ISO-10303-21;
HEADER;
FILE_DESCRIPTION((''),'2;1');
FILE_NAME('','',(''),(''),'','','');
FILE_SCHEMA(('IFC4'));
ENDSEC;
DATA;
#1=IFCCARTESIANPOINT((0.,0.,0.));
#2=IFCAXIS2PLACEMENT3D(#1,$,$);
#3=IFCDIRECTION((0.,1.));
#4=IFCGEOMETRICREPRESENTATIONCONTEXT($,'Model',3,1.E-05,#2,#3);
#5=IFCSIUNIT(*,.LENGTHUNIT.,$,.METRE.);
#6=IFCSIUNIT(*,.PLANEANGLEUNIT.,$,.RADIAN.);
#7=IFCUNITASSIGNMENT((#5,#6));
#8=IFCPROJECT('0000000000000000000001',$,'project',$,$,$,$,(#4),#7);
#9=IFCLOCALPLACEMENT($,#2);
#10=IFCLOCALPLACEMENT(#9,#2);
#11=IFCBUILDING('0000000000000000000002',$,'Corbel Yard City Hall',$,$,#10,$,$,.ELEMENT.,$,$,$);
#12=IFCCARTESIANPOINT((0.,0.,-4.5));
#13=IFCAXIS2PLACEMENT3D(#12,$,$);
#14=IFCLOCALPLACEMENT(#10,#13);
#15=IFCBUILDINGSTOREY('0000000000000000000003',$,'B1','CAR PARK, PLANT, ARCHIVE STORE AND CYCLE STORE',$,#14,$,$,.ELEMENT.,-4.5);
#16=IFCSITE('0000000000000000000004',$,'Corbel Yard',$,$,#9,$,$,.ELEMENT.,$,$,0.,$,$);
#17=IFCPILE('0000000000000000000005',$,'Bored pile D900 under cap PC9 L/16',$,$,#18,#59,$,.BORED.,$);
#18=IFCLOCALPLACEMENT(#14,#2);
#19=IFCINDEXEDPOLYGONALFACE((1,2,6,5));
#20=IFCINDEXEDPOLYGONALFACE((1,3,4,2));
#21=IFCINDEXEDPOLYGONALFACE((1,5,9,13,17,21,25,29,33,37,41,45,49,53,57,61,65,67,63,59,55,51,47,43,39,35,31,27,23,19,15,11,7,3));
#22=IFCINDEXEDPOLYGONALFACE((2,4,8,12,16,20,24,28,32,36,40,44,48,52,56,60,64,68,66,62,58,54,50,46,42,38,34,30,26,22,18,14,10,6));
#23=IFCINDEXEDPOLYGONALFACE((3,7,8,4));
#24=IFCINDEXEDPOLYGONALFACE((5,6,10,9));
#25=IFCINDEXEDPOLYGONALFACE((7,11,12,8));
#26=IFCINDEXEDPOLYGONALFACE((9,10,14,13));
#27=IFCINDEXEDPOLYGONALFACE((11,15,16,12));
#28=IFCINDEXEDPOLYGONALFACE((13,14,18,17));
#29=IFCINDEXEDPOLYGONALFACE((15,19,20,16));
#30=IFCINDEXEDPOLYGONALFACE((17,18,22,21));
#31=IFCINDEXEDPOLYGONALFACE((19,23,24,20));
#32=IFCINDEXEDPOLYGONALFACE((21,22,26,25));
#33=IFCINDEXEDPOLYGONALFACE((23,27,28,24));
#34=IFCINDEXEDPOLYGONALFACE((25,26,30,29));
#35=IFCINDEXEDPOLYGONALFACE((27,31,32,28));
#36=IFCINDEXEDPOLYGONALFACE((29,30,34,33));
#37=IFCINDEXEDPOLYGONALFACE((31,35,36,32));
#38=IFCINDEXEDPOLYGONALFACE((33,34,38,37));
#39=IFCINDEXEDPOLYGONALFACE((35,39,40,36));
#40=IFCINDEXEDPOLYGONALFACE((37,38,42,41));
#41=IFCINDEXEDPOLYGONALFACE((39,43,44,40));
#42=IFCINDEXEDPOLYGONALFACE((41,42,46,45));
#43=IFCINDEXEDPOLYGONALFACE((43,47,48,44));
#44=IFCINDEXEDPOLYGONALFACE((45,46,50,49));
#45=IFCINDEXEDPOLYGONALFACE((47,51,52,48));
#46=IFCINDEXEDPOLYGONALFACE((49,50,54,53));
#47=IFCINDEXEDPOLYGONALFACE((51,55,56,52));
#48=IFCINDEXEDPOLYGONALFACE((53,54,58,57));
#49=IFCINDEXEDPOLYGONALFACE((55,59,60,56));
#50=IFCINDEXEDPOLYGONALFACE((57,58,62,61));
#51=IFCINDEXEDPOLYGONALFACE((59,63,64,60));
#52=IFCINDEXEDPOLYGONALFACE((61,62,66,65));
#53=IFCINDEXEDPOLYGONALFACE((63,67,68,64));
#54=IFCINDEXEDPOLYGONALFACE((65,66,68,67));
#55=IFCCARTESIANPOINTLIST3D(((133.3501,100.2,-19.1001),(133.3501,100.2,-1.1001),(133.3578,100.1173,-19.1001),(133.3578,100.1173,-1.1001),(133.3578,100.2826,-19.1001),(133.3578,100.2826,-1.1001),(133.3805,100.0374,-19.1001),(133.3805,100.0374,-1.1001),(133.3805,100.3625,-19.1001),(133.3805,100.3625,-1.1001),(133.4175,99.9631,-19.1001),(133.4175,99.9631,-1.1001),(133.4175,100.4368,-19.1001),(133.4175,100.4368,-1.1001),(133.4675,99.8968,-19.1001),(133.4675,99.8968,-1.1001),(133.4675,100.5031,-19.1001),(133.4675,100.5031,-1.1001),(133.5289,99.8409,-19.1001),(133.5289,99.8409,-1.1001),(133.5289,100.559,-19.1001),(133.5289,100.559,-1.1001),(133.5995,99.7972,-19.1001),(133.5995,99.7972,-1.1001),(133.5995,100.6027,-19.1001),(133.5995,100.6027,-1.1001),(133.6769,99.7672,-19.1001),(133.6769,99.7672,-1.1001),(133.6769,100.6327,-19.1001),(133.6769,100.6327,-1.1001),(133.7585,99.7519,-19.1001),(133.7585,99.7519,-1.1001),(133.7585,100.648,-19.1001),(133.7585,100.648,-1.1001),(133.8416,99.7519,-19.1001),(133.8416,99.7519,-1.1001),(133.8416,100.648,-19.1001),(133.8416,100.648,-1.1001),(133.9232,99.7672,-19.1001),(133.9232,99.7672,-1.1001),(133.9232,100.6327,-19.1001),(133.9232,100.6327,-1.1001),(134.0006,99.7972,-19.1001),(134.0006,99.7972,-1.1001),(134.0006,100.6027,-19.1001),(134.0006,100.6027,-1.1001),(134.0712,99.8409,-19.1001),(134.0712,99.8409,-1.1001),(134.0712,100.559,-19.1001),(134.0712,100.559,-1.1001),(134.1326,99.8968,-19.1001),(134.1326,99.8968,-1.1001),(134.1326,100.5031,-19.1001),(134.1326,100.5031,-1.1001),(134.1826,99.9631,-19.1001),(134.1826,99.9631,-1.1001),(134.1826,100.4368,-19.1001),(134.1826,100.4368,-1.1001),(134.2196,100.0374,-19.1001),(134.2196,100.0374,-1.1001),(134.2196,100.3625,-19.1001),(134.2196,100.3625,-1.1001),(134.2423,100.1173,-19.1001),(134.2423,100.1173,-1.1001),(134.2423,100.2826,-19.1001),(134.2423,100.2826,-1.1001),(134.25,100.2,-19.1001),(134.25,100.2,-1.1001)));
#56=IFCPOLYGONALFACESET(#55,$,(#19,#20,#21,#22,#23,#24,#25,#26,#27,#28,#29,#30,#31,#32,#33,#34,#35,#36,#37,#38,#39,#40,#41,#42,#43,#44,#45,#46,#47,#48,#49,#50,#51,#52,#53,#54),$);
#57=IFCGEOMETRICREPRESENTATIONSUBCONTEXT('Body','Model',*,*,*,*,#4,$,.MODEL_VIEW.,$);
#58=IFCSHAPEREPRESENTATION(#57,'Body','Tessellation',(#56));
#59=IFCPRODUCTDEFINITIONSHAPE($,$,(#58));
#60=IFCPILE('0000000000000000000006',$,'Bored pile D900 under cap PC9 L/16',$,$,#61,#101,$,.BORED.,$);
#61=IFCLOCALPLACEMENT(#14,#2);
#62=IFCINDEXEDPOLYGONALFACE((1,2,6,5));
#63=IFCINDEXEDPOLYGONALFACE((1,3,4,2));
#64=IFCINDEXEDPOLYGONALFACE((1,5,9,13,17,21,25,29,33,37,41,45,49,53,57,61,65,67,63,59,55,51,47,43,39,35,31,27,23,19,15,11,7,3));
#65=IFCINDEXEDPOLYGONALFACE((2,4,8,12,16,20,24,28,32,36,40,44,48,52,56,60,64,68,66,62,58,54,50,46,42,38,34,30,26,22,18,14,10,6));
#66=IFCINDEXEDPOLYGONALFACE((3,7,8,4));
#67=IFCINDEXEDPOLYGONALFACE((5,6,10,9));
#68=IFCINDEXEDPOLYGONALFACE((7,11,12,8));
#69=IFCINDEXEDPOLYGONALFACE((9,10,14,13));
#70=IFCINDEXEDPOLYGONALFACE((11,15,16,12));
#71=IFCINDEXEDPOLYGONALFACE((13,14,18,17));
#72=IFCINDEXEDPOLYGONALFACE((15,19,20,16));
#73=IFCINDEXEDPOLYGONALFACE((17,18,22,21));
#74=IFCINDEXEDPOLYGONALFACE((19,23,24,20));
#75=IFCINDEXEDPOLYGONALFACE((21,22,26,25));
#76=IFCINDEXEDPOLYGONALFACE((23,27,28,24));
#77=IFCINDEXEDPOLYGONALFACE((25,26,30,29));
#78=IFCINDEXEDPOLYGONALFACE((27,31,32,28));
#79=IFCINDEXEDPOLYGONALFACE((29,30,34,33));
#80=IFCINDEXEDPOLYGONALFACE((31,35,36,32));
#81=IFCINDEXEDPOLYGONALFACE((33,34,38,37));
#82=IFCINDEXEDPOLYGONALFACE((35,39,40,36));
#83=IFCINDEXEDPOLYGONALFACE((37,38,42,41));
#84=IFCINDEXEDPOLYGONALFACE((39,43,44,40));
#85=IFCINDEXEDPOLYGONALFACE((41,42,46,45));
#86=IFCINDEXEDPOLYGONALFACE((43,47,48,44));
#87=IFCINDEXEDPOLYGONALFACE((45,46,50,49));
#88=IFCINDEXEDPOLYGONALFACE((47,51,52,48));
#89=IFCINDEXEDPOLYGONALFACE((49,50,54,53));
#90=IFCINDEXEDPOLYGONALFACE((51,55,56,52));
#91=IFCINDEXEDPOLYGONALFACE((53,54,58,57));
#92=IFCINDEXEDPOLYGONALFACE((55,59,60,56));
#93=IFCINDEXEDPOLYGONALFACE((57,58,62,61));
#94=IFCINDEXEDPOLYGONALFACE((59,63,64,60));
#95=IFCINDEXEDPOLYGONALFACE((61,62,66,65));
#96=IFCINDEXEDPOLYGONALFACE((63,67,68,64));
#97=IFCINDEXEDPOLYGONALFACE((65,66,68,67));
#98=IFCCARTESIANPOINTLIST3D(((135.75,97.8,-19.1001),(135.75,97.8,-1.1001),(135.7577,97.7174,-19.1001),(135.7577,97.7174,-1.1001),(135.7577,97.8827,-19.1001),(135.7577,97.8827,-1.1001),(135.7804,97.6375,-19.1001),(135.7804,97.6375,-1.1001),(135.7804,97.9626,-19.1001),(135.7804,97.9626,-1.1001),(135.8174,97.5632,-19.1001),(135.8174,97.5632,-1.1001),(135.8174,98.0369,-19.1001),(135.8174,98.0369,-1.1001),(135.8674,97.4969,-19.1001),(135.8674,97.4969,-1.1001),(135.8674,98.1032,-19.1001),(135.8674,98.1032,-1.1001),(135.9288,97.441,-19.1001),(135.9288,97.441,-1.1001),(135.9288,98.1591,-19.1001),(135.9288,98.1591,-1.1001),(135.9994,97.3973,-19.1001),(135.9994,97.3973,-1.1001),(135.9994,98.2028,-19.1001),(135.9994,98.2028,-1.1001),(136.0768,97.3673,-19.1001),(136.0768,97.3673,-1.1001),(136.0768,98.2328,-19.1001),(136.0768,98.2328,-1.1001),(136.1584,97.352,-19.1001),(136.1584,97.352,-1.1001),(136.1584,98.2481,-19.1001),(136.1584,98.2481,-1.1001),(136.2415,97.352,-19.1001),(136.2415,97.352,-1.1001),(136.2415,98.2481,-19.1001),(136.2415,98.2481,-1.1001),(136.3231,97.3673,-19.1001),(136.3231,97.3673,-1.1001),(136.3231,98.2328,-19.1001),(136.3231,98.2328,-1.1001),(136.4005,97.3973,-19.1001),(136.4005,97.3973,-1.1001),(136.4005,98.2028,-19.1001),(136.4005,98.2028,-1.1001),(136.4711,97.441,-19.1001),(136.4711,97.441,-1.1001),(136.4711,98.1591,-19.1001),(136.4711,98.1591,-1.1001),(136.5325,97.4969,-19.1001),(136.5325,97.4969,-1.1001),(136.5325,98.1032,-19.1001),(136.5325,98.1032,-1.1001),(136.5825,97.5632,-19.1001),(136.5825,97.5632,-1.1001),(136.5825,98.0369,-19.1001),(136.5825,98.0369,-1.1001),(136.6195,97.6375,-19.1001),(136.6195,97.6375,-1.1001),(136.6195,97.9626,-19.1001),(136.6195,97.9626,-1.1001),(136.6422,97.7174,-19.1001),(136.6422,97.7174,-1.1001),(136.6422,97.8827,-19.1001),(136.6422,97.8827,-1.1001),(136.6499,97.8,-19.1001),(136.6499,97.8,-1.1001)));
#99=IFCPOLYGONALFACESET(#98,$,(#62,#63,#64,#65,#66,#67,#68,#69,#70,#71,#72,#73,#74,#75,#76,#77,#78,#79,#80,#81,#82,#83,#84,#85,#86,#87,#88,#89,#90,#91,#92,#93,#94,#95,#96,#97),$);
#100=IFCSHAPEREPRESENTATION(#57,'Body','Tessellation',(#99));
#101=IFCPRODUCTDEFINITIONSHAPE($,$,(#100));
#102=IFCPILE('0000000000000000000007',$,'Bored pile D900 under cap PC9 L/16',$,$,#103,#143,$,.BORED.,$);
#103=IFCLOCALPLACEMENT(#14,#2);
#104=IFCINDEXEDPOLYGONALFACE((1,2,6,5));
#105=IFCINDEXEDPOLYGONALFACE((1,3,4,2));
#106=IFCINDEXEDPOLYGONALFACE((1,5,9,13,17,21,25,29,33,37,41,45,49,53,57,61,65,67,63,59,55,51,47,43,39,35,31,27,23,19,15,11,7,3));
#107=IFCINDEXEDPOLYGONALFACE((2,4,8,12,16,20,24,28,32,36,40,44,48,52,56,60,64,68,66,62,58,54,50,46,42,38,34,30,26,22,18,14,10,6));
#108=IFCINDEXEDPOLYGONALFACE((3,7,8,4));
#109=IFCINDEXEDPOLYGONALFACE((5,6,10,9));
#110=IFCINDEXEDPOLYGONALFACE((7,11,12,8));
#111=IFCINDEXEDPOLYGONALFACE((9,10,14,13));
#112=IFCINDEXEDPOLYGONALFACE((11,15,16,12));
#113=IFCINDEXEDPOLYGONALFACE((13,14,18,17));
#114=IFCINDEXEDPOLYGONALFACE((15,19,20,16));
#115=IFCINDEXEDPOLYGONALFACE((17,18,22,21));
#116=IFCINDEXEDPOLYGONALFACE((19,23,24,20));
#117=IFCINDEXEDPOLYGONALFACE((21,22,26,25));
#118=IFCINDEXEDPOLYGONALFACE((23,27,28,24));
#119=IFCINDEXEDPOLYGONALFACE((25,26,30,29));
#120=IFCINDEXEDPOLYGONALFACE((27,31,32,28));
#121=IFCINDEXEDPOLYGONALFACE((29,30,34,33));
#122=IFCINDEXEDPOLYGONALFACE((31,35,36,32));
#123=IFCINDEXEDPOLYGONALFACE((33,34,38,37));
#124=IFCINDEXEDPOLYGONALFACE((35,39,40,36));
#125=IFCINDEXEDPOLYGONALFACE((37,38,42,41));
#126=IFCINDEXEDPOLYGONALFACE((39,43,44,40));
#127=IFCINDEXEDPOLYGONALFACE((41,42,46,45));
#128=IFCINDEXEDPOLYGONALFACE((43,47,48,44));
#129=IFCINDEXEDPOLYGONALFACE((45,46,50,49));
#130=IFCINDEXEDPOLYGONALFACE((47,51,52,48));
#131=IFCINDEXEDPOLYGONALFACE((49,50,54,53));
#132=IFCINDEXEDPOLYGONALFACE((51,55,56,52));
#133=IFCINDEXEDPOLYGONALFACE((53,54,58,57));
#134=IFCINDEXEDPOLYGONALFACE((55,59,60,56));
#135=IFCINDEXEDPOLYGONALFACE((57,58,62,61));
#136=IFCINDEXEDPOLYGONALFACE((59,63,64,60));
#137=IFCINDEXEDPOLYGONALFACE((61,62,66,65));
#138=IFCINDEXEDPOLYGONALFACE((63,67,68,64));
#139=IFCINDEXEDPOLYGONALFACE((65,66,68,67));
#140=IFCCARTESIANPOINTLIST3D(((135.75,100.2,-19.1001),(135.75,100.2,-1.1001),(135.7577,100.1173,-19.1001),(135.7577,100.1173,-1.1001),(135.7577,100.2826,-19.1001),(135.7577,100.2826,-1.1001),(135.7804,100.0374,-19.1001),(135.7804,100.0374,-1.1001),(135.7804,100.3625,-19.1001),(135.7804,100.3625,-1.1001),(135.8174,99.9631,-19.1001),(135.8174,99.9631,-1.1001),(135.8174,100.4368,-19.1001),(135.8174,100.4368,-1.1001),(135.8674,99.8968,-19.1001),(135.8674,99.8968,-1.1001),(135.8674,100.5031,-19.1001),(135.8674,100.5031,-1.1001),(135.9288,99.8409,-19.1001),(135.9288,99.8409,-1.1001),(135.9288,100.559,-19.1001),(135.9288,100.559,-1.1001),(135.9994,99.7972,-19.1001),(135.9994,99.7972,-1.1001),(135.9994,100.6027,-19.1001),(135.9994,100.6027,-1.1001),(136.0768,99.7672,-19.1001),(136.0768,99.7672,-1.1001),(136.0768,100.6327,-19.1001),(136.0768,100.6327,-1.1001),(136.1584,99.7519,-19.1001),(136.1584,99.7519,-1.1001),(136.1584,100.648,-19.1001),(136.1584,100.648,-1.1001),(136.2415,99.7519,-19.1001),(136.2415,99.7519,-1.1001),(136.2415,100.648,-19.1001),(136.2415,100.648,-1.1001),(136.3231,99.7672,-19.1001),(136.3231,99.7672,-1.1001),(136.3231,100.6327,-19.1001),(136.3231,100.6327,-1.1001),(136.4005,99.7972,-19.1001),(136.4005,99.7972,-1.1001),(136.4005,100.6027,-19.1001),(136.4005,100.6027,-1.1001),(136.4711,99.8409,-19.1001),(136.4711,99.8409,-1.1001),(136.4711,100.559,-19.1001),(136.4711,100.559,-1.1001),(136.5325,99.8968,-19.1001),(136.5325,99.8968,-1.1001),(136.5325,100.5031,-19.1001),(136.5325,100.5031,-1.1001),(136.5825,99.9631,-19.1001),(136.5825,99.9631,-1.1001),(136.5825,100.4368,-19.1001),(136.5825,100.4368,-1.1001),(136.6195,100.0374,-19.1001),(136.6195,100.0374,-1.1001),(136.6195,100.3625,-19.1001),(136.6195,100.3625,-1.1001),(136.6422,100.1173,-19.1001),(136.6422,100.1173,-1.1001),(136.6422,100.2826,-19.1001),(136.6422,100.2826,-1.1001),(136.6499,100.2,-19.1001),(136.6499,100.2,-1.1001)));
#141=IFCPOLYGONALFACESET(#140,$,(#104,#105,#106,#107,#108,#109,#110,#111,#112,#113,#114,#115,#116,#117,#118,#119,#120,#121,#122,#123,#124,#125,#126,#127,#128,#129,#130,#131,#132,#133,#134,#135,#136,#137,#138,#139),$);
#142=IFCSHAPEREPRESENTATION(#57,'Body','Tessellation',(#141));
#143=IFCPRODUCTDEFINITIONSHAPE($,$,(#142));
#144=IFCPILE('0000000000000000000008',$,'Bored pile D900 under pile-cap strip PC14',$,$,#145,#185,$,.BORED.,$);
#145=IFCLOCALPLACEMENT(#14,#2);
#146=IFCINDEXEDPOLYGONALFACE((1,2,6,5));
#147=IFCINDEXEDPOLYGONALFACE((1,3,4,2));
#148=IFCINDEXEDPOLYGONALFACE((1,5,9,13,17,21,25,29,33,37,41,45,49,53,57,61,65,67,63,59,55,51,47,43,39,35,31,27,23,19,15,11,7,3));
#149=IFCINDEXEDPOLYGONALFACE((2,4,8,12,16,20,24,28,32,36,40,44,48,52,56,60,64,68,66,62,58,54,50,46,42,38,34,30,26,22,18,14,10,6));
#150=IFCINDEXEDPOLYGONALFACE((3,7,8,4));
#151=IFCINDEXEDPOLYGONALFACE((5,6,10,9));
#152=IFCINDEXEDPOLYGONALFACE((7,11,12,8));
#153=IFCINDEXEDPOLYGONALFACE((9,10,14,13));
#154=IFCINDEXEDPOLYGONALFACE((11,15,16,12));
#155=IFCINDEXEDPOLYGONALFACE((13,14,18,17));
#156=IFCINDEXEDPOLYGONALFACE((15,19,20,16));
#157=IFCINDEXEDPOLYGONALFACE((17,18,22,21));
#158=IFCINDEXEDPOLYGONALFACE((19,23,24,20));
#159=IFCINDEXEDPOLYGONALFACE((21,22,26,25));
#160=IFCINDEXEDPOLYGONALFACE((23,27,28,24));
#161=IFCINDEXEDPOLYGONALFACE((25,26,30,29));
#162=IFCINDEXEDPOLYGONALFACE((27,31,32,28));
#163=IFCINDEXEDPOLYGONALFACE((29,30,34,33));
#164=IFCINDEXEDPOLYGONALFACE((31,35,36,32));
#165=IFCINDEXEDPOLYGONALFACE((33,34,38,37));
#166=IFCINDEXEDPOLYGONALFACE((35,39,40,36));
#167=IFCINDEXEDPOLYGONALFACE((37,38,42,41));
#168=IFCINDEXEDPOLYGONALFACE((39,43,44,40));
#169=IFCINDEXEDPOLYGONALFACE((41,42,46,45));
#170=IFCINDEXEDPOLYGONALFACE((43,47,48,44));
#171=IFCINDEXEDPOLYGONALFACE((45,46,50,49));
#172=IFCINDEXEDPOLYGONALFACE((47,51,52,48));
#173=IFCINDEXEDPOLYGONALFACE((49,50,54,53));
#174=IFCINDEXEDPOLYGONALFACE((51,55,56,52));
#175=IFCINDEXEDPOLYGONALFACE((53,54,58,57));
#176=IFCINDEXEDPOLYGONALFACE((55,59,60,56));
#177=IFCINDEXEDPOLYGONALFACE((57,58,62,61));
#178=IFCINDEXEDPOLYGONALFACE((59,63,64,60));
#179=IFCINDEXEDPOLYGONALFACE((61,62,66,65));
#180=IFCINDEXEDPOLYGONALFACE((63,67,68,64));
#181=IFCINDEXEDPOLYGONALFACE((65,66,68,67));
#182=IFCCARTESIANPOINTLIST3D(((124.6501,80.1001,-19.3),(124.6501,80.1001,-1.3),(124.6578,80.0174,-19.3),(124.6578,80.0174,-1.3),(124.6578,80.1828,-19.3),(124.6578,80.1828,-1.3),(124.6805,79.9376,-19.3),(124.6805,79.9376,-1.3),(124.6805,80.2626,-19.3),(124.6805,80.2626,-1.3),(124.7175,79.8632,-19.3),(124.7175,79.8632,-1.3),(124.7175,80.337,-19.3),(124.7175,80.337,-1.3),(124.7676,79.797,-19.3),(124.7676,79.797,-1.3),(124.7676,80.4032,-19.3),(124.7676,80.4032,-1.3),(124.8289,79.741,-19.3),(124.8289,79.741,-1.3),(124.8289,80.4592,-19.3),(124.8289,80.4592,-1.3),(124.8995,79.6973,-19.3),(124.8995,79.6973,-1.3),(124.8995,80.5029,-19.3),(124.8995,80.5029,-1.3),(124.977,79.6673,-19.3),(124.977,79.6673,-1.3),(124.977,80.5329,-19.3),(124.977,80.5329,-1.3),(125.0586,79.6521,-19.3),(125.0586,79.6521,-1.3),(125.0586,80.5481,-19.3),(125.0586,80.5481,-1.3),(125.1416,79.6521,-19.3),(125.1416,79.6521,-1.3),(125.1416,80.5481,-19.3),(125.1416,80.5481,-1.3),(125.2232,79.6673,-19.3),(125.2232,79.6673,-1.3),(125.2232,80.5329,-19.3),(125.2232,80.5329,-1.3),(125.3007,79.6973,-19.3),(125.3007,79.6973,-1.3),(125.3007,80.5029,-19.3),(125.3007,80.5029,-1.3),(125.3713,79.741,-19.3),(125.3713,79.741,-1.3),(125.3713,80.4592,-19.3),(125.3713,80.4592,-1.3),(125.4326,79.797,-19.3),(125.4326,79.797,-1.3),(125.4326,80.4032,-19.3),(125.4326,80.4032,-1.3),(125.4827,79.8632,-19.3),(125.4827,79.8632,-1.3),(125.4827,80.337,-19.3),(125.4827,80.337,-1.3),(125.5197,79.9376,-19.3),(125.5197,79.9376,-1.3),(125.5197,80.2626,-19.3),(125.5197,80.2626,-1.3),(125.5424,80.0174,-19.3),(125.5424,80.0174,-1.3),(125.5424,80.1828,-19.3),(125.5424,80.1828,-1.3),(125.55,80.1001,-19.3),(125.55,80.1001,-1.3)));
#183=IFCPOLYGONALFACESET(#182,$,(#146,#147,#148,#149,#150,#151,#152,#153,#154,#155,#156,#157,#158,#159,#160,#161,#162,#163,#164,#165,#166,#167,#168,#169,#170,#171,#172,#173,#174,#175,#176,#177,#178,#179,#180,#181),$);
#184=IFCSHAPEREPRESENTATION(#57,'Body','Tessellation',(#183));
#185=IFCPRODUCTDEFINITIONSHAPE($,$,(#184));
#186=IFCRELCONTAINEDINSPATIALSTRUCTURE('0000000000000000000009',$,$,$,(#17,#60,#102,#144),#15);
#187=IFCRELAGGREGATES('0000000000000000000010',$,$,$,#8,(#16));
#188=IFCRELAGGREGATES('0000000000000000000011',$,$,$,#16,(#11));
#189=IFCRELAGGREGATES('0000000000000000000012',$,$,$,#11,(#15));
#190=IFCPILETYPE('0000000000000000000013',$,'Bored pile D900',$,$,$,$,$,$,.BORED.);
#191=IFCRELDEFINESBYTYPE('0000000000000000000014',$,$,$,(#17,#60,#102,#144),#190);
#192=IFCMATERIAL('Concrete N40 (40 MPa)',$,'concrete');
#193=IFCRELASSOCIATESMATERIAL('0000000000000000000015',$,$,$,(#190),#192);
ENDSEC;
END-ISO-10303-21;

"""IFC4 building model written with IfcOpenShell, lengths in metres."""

from ifc_helpers import new_model, si_unit, direction, frame, origin, origin_2d, place, context, subcontext, project, spatial, circle, extrude, material, material_profile, profile_set, type_object, element, save


model = new_model("IFC4")

# Units and contexts
model_context = context("Model", 3, precision=1e-05, world=origin(), true_north=direction((0.0, 1.0)))
body_context = subcontext(model_context, "Body", "Model", "MODEL_VIEW")
ifc_project = project(units=[si_unit("LENGTHUNIT", "METRE"), si_unit("PLANEANGLEUNIT", "RADIAN")], contexts=[model_context])

# Site, building, storey
site_placement = place(None, origin())
site = spatial("IfcSite", under=ifc_project, at=site_placement, Name="Corbel Yard", CompositionType="ELEMENT", RefElevation=0.0)
building_placement = place(site_placement, origin())
building = spatial("IfcBuilding", under=site, at=building_placement, Name="Corbel Yard City Hall", CompositionType="ELEMENT")
storey_placement = place(building_placement, frame((0.0, 0.0, -4.5)))
storey = spatial("IfcBuildingStorey", under=building, at=storey_placement, Name="B1", Description="CAR PARK, PLANT, ARCHIVE STORE AND CYCLE STORE", CompositionType="ELEMENT", Elevation=-4.5)

# Piles
ifc_material_1 = material(Name="Concrete N40 (40 MPa)", Category="concrete")
ifc_material_profile_1 = material_profile(ifc_material_1, circle(Radius=0.45, at=origin_2d()), Name="D900")
ifc_profile_set_1 = profile_set([ifc_material_profile_1], Name="Concrete N40 (40 MPa)")
pile_type_1 = type_object("IfcPileType", Name="Bored pile D900", PredefinedType="BORED", material=ifc_profile_set_1)
for number, where, z_axis, x_axis, name in (
    (1, (133.8, 100.2, -1.1001), (0.0, 0.0, -1.0), (1.0, 0.0, 0.0), "Bored pile D900 under cap PC9 L/16"),
    (2, (136.2, 97.8, -1.1001), (0.0, 0.0, -1.0), (1.0, 0.0, 0.0), "Bored pile D900 under cap PC9 L/16"),
    (3, (136.2, 100.2, -1.1001), (0.0, 0.0, -1.0), (1.0, 0.0, 0.0), "Bored pile D900 under cap PC9 L/16"),
    (4, (125.1001, 80.1001, -1.3), (0.0, 0.0, -1.0), (1.0, 0.0, 0.0), "Bored pile D900 under pile-cap strip PC14"),
):
    element("IfcPile", number, at=place(storey_placement, frame(where, z_axis=z_axis, x_axis=x_axis)), inside=storey, type_object=pile_type_1, Name=name, PredefinedType="BORED", context=body_context, shape_type="SweptSolid", body=[
        extrude(circle(Radius=0.45, at=origin_2d()), origin(), (0.0, 0.0, 1.0), 18.0),
    ])

save(model, "model.ifc")
